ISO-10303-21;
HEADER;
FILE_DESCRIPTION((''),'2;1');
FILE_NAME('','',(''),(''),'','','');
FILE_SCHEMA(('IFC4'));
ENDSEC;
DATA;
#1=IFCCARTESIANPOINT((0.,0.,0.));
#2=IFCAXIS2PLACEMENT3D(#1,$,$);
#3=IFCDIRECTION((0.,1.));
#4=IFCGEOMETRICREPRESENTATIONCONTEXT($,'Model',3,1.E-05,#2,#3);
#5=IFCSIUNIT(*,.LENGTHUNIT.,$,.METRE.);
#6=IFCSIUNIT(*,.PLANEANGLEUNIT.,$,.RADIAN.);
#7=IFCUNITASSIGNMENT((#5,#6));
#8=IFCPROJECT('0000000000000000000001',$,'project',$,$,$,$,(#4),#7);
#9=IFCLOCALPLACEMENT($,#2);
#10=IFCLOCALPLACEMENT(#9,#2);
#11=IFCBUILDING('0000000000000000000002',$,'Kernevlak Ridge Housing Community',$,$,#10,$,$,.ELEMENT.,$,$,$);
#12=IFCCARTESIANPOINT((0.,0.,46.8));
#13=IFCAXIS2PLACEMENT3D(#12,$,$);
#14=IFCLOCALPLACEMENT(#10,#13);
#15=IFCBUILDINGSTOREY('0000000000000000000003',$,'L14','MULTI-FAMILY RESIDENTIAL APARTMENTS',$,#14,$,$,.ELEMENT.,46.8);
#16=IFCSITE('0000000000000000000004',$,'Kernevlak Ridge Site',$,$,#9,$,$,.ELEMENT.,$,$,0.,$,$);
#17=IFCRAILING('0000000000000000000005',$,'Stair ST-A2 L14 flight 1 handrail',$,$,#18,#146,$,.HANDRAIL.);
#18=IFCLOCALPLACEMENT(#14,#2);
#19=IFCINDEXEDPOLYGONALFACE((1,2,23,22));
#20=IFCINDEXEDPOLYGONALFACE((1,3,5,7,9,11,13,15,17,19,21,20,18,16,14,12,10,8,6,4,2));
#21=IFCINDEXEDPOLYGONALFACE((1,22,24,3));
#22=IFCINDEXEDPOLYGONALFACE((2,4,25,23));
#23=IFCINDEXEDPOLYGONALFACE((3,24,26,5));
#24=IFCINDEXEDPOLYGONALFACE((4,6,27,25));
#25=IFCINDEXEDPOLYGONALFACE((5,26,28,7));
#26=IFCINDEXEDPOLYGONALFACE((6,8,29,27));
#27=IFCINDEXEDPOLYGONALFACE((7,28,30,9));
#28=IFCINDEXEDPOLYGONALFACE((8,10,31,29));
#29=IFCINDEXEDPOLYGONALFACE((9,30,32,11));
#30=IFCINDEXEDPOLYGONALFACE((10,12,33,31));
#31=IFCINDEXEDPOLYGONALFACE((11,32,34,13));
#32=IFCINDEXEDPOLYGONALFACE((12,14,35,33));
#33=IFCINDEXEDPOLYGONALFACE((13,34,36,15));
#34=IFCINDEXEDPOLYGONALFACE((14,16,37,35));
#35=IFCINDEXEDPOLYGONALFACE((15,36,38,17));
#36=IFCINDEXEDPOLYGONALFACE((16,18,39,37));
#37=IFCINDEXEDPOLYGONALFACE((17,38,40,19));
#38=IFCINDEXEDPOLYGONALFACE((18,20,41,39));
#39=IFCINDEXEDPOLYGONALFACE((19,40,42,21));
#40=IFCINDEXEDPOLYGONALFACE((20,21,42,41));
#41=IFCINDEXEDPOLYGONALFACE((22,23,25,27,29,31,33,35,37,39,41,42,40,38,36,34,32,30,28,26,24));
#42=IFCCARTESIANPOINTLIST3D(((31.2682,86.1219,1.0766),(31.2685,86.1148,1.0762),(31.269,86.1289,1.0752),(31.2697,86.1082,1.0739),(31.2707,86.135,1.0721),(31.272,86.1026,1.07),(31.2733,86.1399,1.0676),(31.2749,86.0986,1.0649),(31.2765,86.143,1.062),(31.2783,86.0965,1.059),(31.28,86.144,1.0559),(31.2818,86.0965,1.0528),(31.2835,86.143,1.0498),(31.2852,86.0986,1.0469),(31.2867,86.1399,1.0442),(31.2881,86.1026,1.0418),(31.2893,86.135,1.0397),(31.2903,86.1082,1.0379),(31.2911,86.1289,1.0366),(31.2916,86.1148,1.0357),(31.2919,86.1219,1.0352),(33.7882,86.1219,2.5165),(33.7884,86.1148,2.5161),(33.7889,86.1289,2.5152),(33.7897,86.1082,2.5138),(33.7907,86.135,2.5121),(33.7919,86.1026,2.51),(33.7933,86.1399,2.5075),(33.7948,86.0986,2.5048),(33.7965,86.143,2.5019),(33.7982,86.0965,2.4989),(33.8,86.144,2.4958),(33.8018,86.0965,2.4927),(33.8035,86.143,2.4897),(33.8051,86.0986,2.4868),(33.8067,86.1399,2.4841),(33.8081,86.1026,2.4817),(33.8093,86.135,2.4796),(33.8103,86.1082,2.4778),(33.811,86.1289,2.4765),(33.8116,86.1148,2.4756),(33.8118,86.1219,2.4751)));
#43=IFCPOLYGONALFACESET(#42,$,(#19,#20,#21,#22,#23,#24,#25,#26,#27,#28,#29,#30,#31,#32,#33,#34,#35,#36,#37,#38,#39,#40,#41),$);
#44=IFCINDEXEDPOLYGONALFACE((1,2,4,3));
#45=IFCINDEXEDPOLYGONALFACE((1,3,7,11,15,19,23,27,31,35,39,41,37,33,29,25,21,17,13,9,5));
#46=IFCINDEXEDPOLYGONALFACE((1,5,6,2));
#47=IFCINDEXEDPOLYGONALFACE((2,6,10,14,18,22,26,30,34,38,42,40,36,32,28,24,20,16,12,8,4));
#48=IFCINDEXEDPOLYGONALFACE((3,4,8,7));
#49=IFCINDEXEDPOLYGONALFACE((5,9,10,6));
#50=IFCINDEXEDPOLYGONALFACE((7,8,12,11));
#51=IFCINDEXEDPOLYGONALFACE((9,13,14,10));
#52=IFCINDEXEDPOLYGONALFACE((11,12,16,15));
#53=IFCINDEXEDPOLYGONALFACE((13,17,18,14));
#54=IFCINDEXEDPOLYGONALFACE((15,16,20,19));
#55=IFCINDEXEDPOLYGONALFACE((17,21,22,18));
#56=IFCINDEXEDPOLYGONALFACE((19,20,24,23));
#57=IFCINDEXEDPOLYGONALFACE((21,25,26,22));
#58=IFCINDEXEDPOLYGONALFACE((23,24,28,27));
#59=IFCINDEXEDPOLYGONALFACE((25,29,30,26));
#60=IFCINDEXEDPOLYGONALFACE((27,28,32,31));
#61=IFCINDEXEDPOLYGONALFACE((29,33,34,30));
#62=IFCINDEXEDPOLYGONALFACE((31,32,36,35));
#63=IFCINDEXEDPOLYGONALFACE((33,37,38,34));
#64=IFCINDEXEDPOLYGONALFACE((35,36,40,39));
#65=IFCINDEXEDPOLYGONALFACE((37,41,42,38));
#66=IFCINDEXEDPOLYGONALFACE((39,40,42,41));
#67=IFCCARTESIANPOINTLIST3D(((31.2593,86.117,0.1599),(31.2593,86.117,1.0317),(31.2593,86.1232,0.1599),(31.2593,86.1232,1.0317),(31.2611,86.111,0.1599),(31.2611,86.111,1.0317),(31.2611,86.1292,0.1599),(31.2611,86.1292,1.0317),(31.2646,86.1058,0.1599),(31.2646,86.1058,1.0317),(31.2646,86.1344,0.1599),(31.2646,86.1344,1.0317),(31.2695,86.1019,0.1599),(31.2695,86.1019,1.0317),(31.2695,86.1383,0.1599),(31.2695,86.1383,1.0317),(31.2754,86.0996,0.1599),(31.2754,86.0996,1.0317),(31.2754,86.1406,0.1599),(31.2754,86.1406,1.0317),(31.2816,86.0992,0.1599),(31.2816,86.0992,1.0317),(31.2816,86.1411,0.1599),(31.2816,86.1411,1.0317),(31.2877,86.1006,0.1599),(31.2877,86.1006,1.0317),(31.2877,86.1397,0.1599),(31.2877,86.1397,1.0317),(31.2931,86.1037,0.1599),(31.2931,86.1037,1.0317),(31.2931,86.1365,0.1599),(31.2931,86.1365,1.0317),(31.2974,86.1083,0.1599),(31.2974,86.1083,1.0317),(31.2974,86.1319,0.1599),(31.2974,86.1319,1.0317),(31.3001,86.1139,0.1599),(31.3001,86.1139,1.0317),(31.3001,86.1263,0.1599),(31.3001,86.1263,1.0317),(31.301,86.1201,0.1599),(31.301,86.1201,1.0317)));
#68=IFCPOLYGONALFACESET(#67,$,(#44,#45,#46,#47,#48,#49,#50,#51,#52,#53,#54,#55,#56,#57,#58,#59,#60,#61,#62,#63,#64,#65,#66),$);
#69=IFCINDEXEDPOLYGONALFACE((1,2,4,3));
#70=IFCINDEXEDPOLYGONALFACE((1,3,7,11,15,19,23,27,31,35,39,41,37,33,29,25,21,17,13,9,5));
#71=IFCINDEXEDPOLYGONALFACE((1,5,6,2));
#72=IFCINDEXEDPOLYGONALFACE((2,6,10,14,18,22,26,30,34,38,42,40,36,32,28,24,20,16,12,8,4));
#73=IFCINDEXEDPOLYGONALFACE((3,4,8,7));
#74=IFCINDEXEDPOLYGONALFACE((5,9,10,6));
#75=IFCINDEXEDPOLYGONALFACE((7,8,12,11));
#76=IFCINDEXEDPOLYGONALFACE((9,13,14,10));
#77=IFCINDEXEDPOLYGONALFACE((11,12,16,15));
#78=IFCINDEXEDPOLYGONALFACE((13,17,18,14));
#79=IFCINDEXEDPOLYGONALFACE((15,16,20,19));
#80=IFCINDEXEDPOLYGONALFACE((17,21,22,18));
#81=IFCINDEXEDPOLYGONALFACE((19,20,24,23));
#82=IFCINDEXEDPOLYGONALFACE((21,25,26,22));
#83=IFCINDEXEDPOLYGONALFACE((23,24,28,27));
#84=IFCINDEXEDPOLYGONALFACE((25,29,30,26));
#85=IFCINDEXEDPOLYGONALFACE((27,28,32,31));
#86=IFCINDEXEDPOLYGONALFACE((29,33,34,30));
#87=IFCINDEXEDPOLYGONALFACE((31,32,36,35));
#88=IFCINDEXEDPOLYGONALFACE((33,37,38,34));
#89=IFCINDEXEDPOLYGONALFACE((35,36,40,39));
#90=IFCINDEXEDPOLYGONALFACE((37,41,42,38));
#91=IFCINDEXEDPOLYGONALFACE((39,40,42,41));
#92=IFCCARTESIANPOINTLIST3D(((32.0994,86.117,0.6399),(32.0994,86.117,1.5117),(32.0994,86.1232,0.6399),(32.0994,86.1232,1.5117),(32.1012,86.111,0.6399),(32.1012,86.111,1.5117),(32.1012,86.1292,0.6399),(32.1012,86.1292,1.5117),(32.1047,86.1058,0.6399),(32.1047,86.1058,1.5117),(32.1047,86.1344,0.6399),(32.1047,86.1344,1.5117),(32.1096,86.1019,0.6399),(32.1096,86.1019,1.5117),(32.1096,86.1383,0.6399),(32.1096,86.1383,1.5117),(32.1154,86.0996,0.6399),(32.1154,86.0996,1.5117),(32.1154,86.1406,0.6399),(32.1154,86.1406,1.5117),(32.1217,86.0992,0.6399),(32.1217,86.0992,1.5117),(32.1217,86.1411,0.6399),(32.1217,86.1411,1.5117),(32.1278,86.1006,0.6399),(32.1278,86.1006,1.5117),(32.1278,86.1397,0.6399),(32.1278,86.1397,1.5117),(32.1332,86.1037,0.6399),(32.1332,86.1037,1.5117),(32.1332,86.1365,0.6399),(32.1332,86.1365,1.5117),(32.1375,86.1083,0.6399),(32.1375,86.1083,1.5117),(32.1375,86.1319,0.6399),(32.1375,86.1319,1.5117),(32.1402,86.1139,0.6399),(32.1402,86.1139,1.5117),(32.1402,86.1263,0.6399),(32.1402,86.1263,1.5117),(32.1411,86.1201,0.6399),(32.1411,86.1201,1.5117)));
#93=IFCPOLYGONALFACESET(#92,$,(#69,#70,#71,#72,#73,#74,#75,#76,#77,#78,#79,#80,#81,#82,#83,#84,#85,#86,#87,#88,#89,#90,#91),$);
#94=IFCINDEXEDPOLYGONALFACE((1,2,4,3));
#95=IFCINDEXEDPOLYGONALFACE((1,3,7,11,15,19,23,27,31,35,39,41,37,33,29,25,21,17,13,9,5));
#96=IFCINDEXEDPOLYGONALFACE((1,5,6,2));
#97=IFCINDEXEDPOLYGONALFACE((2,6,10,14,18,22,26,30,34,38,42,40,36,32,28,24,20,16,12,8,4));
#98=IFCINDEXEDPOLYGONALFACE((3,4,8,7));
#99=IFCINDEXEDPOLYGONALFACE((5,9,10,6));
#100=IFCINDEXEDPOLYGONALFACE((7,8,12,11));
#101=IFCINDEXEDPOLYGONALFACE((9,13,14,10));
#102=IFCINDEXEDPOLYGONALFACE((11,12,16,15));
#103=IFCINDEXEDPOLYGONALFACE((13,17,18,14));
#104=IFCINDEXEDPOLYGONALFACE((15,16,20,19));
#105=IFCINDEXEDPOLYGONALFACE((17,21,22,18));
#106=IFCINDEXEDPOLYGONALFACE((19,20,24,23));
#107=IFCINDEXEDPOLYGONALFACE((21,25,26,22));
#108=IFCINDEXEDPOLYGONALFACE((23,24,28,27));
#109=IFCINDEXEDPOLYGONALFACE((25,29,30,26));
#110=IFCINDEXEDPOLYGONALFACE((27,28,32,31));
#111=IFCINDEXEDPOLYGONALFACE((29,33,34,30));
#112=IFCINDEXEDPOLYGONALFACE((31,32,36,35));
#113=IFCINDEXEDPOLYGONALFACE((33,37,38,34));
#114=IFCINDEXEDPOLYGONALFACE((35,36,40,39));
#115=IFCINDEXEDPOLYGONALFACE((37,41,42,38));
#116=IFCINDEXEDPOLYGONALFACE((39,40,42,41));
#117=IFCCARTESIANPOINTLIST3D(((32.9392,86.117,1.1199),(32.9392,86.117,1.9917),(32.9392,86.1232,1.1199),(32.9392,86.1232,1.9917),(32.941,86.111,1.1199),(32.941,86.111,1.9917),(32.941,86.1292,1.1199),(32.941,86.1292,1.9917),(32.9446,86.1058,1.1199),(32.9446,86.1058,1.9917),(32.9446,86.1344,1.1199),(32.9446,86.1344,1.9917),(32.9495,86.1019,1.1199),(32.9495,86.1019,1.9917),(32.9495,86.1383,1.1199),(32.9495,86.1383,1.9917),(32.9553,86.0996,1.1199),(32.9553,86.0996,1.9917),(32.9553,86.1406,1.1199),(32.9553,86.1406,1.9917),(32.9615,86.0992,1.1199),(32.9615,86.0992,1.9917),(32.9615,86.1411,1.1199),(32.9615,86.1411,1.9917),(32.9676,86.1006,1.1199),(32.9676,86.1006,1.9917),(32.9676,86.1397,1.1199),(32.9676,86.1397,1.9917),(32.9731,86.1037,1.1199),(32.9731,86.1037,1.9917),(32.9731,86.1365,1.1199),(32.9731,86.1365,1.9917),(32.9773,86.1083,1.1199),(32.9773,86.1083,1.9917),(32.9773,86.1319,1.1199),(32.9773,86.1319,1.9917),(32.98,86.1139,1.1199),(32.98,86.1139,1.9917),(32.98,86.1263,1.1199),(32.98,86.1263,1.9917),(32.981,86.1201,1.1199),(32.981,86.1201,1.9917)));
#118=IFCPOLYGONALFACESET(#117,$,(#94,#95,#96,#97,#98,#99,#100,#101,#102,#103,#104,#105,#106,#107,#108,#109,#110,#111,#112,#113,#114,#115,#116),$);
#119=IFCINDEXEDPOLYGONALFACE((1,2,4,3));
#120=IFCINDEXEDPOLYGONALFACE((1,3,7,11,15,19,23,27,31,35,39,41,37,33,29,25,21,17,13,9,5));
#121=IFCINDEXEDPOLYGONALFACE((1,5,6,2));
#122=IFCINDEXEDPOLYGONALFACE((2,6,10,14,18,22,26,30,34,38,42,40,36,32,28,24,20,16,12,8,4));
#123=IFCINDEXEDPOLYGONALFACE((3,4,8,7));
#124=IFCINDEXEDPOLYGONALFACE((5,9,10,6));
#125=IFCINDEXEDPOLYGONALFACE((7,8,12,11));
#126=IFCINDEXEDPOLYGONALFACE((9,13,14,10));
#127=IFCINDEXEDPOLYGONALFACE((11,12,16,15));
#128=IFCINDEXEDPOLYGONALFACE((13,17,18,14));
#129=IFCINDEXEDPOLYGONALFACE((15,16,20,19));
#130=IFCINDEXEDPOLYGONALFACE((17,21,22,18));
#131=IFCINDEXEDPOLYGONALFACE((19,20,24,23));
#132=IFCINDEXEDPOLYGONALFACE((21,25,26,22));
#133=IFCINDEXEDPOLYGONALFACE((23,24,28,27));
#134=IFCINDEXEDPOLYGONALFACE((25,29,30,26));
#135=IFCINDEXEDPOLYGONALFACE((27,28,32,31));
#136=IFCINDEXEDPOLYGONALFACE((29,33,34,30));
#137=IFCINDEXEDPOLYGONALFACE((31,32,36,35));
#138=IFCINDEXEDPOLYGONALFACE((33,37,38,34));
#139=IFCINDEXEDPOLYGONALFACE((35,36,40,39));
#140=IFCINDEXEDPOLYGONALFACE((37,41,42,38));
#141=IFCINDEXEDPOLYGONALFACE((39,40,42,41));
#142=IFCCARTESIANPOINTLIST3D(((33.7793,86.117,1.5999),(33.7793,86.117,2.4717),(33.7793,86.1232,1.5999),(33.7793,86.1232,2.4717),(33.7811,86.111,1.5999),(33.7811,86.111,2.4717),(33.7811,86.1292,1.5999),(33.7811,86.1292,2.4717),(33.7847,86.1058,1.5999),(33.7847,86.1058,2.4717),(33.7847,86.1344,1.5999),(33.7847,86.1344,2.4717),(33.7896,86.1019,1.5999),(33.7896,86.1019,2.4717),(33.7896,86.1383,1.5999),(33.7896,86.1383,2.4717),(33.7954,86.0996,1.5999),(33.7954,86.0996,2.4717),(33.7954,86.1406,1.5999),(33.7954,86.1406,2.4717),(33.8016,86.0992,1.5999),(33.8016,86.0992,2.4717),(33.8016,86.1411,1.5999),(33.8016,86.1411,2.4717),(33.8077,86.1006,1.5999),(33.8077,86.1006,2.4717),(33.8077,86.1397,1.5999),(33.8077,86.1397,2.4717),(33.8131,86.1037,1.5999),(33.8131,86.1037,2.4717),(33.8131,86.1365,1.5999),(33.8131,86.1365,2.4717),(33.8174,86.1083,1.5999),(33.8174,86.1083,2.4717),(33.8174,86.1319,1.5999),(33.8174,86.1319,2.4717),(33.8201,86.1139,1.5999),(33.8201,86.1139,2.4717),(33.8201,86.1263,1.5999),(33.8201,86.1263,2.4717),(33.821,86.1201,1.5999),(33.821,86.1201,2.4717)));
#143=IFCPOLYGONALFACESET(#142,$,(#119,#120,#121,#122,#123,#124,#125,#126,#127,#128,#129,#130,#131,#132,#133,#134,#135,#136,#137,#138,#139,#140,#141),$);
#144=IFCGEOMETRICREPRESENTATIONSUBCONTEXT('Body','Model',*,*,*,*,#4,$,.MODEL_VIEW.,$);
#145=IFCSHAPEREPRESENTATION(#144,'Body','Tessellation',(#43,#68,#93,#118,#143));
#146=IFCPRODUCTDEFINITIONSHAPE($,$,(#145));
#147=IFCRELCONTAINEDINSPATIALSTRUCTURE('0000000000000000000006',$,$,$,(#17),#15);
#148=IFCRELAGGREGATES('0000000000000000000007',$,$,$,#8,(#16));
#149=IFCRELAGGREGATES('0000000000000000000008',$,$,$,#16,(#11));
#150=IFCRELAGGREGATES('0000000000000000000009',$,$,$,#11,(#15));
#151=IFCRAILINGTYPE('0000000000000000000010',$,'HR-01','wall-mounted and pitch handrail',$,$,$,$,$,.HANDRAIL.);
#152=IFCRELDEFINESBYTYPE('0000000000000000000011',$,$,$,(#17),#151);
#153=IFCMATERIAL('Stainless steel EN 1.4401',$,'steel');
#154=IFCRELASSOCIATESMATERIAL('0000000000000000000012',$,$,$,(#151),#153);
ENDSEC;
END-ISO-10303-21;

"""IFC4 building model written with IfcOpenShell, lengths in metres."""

from ifc_helpers import new_model, si_unit, direction, frame, origin, origin_2d, place, context, subcontext, project, spatial, circle, extrude, material, type_object, element, save


model = new_model("IFC4")

# Units and contexts
model_context = context("Model", 3, precision=1e-05, world=origin(), true_north=direction((0.0, 1.0)))
body_context = subcontext(model_context, "Body", "Model", "MODEL_VIEW")
ifc_project = project(units=[si_unit("LENGTHUNIT", "METRE"), si_unit("PLANEANGLEUNIT", "RADIAN")], contexts=[model_context])

# Site, building, storey
site_placement = place(None, origin())
site = spatial("IfcSite", under=ifc_project, at=site_placement, Name="Kernevlak Ridge Site", CompositionType="ELEMENT", RefElevation=0.0)
building_placement = place(site_placement, origin())
building = spatial("IfcBuilding", under=site, at=building_placement, Name="Kernevlak Ridge Housing Community", CompositionType="ELEMENT")
storey_placement = place(building_placement, frame((0.0, 0.0, 46.8)))
storey = spatial("IfcBuildingStorey", under=building, at=storey_placement, Name="L14", Description="MULTI-FAMILY RESIDENTIAL APARTMENTS", CompositionType="ELEMENT", Elevation=46.8)

# Railing
ifc_material_1 = material(Name="Stainless steel EN 1.4401", Category="steel")
railing_type_1 = type_object("IfcRailingType", Name="HR-01", Description="wall-mounted and pitch handrail", PredefinedType="HANDRAIL", material=ifc_material_1)
railing_1_placement = place(storey_placement, frame((31.28, 86.1201, 0.1599)))
element("IfcRailing", 1, at=railing_1_placement, inside=storey, type_object=railing_type_1, Name="Stair ST-A2 L14 flight 1 handrail", PredefinedType="HANDRAIL", context=body_context, shape_type="SweptSolid", body=[
    extrude(circle(Radius=0.0239, at=origin_2d()), frame((0.0, 0.0, 0.896), z_axis=(0.868253, 0.0, 0.496121), x_axis=(0.0, 1.0, 0.0)), (0.0, 0.0, 1.0), 2.9023),
    extrude(circle(Radius=0.021, at=origin_2d()), origin(), (0.0, 0.0, 1.0), 0.8718),
    extrude(circle(Radius=0.021, at=origin_2d()), frame((0.8401, 0.0, 0.48)), (0.0, 0.0, 1.0), 0.8718),
    extrude(circle(Radius=0.021, at=origin_2d()), frame((1.6799, 0.0, 0.96)), (0.0, 0.0, 1.0), 0.8718),
    extrude(circle(Radius=0.021, at=origin_2d()), frame((2.52, 0.0, 1.4399)), (0.0, 0.0, 1.0), 0.8718),
])

save(model, "model.ifc")
